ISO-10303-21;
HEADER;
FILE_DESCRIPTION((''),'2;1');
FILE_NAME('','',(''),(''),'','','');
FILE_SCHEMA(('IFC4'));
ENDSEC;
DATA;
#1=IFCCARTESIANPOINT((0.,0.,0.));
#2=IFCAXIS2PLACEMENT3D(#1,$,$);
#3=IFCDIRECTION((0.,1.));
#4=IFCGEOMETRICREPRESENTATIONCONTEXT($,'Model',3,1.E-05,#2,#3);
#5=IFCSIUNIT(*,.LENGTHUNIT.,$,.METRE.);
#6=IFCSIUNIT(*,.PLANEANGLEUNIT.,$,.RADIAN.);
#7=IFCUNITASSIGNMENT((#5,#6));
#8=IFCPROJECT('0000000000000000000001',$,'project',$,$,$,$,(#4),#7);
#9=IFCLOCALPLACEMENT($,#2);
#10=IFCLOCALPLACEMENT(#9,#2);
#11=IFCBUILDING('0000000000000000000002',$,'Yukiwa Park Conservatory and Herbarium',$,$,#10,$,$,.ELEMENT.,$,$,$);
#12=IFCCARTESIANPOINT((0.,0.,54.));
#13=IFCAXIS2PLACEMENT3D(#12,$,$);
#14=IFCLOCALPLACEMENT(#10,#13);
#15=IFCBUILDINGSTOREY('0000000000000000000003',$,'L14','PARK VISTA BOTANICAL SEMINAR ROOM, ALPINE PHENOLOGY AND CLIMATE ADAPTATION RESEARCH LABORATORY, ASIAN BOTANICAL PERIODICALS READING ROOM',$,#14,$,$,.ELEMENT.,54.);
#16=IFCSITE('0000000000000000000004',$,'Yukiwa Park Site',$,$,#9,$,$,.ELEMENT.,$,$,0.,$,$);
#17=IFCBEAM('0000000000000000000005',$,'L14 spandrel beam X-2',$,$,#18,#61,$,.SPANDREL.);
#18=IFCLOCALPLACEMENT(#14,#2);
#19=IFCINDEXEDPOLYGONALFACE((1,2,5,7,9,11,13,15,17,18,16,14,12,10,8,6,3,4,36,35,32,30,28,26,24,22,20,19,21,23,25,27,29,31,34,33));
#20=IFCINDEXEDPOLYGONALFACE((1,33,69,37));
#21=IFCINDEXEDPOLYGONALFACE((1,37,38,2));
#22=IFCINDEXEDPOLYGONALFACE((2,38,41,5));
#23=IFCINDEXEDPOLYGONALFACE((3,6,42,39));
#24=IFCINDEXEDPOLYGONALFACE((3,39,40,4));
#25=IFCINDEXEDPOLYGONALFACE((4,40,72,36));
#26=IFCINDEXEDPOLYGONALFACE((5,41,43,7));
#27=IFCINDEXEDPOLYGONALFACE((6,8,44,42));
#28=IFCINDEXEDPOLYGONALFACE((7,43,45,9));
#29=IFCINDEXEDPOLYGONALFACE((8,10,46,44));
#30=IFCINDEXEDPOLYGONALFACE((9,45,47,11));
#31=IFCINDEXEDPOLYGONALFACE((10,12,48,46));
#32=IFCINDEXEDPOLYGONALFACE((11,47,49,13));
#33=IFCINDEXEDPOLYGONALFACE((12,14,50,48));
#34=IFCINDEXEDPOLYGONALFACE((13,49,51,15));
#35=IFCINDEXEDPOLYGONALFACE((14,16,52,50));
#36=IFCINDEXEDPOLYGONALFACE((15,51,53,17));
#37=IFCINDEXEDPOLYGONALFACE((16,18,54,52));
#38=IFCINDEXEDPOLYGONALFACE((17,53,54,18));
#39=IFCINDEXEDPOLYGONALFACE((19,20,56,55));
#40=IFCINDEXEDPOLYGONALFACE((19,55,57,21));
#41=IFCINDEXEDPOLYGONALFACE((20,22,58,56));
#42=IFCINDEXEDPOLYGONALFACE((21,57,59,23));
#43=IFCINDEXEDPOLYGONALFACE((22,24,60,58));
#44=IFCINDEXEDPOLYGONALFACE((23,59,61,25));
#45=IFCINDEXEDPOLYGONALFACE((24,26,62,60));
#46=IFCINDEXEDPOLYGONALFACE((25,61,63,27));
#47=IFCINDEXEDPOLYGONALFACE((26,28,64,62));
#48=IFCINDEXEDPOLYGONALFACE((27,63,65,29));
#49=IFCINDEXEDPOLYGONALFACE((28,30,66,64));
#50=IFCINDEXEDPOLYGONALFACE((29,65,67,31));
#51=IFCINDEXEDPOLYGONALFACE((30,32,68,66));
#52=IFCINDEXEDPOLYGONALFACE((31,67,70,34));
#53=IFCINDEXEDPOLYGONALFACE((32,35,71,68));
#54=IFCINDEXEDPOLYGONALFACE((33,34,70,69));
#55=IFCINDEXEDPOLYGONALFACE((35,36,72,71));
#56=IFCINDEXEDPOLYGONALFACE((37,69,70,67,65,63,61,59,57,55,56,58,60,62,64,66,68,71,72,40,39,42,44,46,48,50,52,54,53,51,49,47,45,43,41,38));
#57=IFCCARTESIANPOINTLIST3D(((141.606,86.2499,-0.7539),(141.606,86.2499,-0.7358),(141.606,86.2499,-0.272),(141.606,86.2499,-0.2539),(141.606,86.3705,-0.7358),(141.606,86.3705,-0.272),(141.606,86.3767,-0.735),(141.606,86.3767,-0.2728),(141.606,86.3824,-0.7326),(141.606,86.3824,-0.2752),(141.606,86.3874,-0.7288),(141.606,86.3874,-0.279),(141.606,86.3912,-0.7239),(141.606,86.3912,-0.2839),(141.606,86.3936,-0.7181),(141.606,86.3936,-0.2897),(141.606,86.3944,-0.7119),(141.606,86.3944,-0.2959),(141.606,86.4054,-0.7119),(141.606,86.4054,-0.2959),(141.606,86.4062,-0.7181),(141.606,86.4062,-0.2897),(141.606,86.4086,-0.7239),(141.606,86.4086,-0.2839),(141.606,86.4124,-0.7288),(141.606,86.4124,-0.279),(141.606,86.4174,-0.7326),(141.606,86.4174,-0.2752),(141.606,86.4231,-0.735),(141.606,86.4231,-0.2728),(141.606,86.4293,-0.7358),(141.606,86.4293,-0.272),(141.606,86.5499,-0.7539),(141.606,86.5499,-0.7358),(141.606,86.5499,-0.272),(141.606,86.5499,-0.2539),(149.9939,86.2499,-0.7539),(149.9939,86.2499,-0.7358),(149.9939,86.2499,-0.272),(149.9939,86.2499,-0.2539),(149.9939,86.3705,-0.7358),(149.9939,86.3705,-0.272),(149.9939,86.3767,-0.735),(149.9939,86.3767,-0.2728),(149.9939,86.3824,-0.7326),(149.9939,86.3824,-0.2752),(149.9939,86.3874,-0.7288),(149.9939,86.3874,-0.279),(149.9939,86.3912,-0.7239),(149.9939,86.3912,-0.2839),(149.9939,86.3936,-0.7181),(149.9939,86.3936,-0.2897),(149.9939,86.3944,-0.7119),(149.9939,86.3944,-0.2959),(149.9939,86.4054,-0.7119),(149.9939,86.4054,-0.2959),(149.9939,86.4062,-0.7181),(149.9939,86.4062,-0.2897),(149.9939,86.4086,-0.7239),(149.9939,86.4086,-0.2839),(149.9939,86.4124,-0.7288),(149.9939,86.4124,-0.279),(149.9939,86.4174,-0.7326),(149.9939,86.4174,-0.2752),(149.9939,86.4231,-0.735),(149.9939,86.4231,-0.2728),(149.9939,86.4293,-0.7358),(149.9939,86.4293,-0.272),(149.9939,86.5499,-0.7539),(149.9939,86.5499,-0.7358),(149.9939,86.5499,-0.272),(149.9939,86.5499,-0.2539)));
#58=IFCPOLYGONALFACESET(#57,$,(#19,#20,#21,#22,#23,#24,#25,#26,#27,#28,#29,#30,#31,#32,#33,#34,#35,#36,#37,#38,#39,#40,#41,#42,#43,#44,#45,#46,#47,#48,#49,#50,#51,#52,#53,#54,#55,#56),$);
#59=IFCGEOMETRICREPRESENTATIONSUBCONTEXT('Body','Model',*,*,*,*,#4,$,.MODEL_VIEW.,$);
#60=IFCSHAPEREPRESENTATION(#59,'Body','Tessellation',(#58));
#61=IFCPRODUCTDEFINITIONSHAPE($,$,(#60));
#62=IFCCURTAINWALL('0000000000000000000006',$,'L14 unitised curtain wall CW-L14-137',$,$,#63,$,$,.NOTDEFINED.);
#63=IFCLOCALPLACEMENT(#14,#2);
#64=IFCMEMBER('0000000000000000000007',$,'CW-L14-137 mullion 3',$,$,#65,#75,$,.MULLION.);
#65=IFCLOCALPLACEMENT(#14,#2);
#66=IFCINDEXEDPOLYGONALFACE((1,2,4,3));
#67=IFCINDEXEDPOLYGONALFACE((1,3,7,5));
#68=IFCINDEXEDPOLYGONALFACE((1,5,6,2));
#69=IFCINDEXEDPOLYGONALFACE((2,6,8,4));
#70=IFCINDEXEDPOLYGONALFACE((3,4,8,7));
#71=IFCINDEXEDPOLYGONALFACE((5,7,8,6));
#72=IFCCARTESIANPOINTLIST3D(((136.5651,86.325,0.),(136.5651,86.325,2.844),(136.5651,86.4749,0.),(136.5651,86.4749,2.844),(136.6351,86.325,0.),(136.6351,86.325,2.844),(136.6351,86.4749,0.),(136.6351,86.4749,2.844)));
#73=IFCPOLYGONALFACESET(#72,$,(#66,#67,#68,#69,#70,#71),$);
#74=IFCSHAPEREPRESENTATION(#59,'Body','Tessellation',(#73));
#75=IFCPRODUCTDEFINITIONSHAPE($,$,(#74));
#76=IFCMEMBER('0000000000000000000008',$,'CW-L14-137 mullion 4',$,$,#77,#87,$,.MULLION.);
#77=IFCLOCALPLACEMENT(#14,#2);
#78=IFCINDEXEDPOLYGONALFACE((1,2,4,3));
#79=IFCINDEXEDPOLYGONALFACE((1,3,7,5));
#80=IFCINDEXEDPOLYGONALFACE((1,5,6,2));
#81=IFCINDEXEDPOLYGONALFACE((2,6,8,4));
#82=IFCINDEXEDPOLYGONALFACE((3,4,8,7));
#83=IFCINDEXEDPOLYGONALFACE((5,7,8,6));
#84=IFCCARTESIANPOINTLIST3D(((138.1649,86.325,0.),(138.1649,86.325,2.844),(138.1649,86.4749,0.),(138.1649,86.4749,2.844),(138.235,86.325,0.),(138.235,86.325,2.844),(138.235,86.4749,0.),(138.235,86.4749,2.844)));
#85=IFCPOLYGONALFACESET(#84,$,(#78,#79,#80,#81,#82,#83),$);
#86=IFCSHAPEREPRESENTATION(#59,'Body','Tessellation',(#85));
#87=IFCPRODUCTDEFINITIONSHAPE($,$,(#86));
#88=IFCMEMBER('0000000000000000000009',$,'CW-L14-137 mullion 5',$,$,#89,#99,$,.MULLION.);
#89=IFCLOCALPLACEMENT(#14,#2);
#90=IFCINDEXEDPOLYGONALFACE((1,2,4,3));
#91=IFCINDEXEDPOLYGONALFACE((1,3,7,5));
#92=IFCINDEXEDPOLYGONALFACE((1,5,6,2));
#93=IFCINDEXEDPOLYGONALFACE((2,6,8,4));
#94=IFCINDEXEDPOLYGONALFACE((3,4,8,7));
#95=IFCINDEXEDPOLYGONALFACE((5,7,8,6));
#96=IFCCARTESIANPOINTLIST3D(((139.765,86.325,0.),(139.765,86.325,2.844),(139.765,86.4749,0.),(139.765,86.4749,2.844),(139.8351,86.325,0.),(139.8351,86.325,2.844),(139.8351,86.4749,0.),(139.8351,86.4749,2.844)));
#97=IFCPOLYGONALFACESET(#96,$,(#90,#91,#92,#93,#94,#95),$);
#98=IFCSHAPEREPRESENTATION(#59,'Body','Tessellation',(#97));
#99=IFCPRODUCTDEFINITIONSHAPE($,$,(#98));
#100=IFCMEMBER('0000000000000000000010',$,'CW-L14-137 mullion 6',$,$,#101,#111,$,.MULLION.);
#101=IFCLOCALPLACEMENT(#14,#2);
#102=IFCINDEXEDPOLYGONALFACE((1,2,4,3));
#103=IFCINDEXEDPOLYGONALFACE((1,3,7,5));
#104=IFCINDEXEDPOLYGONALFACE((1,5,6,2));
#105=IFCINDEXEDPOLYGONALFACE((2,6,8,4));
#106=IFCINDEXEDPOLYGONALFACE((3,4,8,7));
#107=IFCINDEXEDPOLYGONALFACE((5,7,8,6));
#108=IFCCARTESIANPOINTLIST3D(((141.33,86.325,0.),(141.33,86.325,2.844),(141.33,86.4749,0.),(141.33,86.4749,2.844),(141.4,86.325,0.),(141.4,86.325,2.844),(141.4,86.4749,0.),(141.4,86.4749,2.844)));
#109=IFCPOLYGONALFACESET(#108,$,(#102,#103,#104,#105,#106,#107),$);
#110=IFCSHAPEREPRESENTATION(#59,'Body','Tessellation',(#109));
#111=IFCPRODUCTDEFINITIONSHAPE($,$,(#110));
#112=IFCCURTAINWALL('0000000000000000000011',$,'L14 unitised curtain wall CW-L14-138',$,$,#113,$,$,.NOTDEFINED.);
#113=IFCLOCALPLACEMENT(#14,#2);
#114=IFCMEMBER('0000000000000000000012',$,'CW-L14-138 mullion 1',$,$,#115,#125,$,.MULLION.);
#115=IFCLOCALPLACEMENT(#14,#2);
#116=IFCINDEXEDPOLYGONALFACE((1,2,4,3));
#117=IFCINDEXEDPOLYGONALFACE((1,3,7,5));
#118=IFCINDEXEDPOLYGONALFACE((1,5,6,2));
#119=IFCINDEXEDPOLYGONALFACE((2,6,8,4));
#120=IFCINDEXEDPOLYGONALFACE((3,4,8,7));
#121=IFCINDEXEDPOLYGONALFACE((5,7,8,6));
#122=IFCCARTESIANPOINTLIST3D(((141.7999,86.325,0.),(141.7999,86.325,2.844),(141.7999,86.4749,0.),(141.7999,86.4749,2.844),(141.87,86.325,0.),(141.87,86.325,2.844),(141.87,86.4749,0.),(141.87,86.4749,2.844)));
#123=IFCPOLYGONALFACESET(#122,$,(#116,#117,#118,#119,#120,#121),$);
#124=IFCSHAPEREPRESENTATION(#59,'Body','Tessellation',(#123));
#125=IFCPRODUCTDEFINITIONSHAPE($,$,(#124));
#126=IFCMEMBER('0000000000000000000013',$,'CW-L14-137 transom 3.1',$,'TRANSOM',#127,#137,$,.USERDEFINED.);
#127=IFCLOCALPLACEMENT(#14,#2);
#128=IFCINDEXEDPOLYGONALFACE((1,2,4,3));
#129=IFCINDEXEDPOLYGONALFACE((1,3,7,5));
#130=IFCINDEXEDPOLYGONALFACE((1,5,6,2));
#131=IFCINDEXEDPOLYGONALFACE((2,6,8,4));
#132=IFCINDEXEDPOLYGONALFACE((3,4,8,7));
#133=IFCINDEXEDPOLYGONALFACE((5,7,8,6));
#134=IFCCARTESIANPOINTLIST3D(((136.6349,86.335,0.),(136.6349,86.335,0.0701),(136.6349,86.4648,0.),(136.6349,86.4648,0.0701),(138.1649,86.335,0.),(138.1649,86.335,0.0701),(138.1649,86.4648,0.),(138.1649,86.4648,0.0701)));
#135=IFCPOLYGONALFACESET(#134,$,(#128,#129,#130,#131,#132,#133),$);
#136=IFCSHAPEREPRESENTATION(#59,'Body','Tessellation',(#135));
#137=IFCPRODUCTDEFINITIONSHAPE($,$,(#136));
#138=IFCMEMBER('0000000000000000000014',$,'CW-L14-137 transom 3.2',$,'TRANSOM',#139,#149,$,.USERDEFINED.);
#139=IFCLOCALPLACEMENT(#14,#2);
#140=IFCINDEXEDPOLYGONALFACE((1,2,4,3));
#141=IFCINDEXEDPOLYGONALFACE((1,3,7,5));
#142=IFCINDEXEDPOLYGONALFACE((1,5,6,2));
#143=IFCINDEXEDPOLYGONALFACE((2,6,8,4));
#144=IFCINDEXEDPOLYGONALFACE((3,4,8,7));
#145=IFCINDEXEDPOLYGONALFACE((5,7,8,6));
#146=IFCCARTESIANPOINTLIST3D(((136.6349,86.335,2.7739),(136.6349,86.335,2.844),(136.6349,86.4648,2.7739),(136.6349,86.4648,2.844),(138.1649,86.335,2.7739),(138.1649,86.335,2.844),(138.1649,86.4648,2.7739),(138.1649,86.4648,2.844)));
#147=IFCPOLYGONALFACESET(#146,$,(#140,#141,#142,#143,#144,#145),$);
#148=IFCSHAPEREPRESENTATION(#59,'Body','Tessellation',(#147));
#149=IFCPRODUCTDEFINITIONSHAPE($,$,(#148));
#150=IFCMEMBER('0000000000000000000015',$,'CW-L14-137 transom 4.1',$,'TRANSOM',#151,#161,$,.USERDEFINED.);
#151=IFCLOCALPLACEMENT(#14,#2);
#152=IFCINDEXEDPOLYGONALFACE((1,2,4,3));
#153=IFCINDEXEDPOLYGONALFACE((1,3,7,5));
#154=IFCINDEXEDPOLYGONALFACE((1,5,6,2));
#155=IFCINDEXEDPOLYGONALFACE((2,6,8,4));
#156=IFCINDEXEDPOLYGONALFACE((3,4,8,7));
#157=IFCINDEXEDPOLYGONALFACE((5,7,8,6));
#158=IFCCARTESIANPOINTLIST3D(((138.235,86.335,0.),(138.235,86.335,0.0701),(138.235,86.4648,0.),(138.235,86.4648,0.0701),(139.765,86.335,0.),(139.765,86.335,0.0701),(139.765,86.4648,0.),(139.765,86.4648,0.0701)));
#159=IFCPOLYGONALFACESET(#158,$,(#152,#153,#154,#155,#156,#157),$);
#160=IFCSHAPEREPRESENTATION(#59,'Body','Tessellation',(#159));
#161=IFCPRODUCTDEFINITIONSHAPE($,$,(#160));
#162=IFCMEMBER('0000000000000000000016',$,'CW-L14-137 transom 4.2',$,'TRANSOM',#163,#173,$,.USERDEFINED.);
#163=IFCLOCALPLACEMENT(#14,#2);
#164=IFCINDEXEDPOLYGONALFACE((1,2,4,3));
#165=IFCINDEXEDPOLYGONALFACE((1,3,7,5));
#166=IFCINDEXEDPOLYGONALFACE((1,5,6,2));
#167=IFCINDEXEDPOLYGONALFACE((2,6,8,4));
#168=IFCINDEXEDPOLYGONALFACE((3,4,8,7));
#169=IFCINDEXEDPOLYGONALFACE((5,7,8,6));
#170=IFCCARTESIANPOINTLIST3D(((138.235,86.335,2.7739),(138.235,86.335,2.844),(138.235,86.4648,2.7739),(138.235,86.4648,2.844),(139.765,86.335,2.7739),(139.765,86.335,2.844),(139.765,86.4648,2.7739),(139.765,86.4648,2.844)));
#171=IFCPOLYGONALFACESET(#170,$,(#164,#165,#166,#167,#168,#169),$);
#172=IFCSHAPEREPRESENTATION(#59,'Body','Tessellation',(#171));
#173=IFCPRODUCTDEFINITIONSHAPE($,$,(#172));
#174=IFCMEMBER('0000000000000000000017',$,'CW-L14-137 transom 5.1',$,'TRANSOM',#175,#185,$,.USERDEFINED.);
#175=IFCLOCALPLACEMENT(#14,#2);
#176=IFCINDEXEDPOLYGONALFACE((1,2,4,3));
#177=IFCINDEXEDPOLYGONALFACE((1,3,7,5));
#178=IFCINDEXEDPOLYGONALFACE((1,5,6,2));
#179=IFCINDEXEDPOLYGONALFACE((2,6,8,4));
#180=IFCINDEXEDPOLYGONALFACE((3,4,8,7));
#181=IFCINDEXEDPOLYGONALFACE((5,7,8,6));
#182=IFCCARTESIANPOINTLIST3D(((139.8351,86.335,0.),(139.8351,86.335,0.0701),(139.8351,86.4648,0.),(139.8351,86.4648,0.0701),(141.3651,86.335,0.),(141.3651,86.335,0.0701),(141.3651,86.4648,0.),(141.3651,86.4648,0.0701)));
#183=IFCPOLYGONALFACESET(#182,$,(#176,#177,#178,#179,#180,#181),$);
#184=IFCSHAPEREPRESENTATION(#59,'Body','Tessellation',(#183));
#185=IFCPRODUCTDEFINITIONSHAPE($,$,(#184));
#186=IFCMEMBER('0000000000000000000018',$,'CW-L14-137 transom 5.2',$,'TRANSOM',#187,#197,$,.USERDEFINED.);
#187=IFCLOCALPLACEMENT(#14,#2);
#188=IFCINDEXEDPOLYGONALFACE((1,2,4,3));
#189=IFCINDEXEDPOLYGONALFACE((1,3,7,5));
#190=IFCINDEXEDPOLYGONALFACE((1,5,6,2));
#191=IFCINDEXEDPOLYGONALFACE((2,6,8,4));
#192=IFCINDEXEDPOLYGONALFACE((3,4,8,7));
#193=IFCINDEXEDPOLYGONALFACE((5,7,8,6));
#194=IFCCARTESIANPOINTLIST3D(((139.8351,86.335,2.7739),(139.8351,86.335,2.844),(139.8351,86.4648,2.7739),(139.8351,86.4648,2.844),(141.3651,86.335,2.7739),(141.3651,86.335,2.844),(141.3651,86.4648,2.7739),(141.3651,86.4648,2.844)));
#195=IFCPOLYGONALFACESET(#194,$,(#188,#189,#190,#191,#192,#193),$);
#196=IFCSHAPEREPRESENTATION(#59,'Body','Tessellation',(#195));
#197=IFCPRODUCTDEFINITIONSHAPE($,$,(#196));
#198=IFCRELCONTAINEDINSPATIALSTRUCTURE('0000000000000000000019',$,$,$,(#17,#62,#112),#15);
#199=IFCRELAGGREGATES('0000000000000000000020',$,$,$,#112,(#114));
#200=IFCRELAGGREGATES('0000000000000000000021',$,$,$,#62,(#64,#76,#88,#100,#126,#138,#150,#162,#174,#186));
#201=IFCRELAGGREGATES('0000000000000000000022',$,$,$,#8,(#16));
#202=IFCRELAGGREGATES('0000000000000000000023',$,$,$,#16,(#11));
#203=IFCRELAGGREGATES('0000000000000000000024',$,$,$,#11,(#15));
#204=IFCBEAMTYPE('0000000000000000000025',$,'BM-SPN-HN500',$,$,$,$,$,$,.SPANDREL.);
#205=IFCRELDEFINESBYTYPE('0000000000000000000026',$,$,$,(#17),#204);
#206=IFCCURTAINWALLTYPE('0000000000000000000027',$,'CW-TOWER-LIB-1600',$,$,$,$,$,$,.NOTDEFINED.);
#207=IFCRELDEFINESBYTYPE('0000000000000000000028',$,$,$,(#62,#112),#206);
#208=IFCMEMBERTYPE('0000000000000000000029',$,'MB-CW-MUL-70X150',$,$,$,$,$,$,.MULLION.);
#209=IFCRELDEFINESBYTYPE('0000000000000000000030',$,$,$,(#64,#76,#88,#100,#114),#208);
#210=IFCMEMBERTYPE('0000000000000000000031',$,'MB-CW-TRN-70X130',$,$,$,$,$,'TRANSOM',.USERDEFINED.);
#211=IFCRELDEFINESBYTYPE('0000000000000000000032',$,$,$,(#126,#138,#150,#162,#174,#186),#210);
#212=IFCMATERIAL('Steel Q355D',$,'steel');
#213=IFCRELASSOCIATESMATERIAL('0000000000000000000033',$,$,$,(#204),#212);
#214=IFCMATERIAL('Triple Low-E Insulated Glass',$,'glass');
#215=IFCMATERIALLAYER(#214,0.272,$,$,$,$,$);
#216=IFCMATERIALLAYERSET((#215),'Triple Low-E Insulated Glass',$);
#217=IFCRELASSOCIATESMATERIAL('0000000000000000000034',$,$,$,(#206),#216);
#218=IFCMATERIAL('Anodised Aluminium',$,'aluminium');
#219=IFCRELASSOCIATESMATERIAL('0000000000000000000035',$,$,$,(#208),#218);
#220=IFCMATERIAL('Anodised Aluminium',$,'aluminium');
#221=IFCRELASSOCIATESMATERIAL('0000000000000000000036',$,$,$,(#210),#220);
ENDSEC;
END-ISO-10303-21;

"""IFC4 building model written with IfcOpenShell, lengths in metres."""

from ifc_helpers import new_model, si_unit, direction, frame, origin, origin_2d, place, context, subcontext, project, spatial, rectangle, i_section, extrude, material, layer, layer_set, material_profile, profile_set, type_object, element, aggregate, save


model = new_model("IFC4")

# Units and contexts
model_context = context("Model", 3, precision=1e-05, world=origin(), true_north=direction((0.0, 1.0)))
body_context = subcontext(model_context, "Body", "Model", "MODEL_VIEW")
ifc_project = project(units=[si_unit("LENGTHUNIT", "METRE"), si_unit("PLANEANGLEUNIT", "RADIAN")], contexts=[model_context])

# Site, building, storey
site_placement = place(None, origin())
site = spatial("IfcSite", under=ifc_project, at=site_placement, Name="Yukiwa Park Site", CompositionType="ELEMENT", RefElevation=0.0)
building_placement = place(site_placement, origin())
building = spatial("IfcBuilding", under=site, at=building_placement, Name="Yukiwa Park Conservatory and Herbarium", CompositionType="ELEMENT")
storey_placement = place(building_placement, frame((0.0, 0.0, 54.0)))
storey = spatial("IfcBuildingStorey", under=building, at=storey_placement, Name="L14", Description="PARK VISTA BOTANICAL SEMINAR ROOM, ALPINE PHENOLOGY AND CLIMATE ADAPTATION RESEARCH LABORATORY, ASIAN BOTANICAL PERIODICALS READING ROOM", CompositionType="ELEMENT", Elevation=54.0)

# Beam
ifc_material_1 = material(Name="Steel Q355D", Category="steel")
ifc_material_profile_1 = material_profile(ifc_material_1, i_section(OverallWidth=0.3, OverallDepth=0.5, WebThickness=0.011, FlangeThickness=0.0181, FilletRadius=0.0239, at=origin_2d()), Name="HM 500x300x11x18")
ifc_profile_set_1 = profile_set([ifc_material_profile_1], Name="Steel Q355D")
beam_type_1 = type_object("IfcBeamType", Name="BM-SPN-HN500", PredefinedType="SPANDREL", material=ifc_profile_set_1)
beam_1_placement = place(storey_placement, frame((141.606, 86.3999, -0.5039), z_axis=(1.0, 0.0, 0.0), x_axis=(0.0, 1.0, 0.0)))
element("IfcBeam", 1, at=beam_1_placement, inside=storey, type_object=beam_type_1, Name="L14 spandrel beam X-2", PredefinedType="SPANDREL", context=body_context, shape_type="SweptSolid", body=[
    extrude(i_section(OverallWidth=0.3, OverallDepth=0.5, WebThickness=0.011, FlangeThickness=0.0181, FilletRadius=0.0239, at=origin_2d()), origin(), (0.0, 0.0, 1.0), 8.3879),
])

# Curtain wall, members
ifc_material_2 = material(Name="Triple Low-E Insulated Glass", Category="glass")
ifc_layer_1 = layer(ifc_material_2, 0.272)
ifc_layer_set_1 = layer_set([ifc_layer_1], Name="Triple Low-E Insulated Glass")
curtain_wall_type = type_object("IfcCurtainWallType", Name="CW-TOWER-LIB-1600", PredefinedType="NOTDEFINED", material=ifc_layer_set_1)
curtain_wall_1_placement = place(storey_placement, origin())
curtain_wall_1 = element("IfcCurtainWall", 2, at=curtain_wall_1_placement, inside=storey, type_object=curtain_wall_type, Name="L14 unitised curtain wall CW-L14-137", PredefinedType="NOTDEFINED")
ifc_material_3 = material(Name="Anodised Aluminium", Category="aluminium")
member_type_1 = type_object("IfcMemberType", Name="MB-CW-MUL-70X150", PredefinedType="MULLION", material=ifc_material_3)
member_1_placement = place(storey_placement, frame((136.6001, 86.3999, 0.0), z_axis=(0.0, 0.0, 1.0), x_axis=(1.0, 0.0, 0.0)))
member_1 = element("IfcMember", 3, at=member_1_placement, type_object=member_type_1, Name="CW-L14-137 mullion 3", PredefinedType="MULLION", context=body_context, shape_type="SweptSolid", body=[
    extrude(rectangle(XDim=0.0701, YDim=0.1499, at=origin_2d()), origin(), (0.0, 0.0, 1.0), 2.844),
])
member_2_placement = place(storey_placement, frame((138.2, 86.3999, 0.0), z_axis=(0.0, 0.0, 1.0), x_axis=(1.0, 0.0, 0.0)))
member_2 = element("IfcMember", 4, at=member_2_placement, type_object=member_type_1, Name="CW-L14-137 mullion 4", PredefinedType="MULLION", context=body_context, shape_type="SweptSolid", body=[
    extrude(rectangle(XDim=0.0701, YDim=0.1499, at=origin_2d()), origin(), (0.0, 0.0, 1.0), 2.844),
])
member_3_placement = place(storey_placement, frame((139.8, 86.3999, 0.0), z_axis=(0.0, 0.0, 1.0), x_axis=(1.0, 0.0, 0.0)))
member_3 = element("IfcMember", 5, at=member_3_placement, type_object=member_type_1, Name="CW-L14-137 mullion 5", PredefinedType="MULLION", context=body_context, shape_type="SweptSolid", body=[
    extrude(rectangle(XDim=0.0701, YDim=0.1499, at=origin_2d()), origin(), (0.0, 0.0, 1.0), 2.844),
])
member_4_placement = place(storey_placement, frame((141.365, 86.3999, 0.0), z_axis=(0.0, 0.0, 1.0), x_axis=(1.0, 0.0, 0.0)))
member_4 = element("IfcMember", 6, at=member_4_placement, type_object=member_type_1, Name="CW-L14-137 mullion 6", PredefinedType="MULLION", context=body_context, shape_type="SweptSolid", body=[
    extrude(rectangle(XDim=0.0701, YDim=0.1499, at=origin_2d()), origin(), (0.0, 0.0, 1.0), 2.844),
])

# Curtain wall, member
curtain_wall_2_placement = place(storey_placement, origin())
curtain_wall_2 = element("IfcCurtainWall", 7, at=curtain_wall_2_placement, inside=storey, type_object=curtain_wall_type, Name="L14 unitised curtain wall CW-L14-138", PredefinedType="NOTDEFINED")
member_5_placement = place(storey_placement, frame((141.835, 86.3999, 0.0), z_axis=(0.0, 0.0, 1.0), x_axis=(1.0, 0.0, 0.0)))
member_5 = element("IfcMember", 8, at=member_5_placement, type_object=member_type_1, Name="CW-L14-138 mullion 1", PredefinedType="MULLION", context=body_context, shape_type="SweptSolid", body=[
    extrude(rectangle(XDim=0.0701, YDim=0.1499, at=origin_2d()), origin(), (0.0, 0.0, 1.0), 2.844),
])

# Members
ifc_material_4 = material(Name="Anodised Aluminium", Category="aluminium")
member_type_2 = type_object("IfcMemberType", Name="MB-CW-TRN-70X130", ElementType="TRANSOM", PredefinedType="USERDEFINED", material=ifc_material_4)
member_6_placement = place(storey_placement, frame((137.3999, 86.3999, 0.0), z_axis=(0.0, 0.0, 1.0), x_axis=(1.0, 0.0, 0.0)))
member_6 = element("IfcMember", 9, at=member_6_placement, type_object=member_type_2, Name="CW-L14-137 transom 3.1", ObjectType="TRANSOM", PredefinedType="USERDEFINED", context=body_context, shape_type="SweptSolid", body=[
    extrude(rectangle(XDim=1.53, YDim=0.1299, at=origin_2d()), origin(), (0.0, 0.0, 1.0), 0.0701),
])
member_7_placement = place(storey_placement, frame((137.3999, 86.3999, 2.7739), z_axis=(0.0, 0.0, 1.0), x_axis=(1.0, 0.0, 0.0)))
member_7 = element("IfcMember", 10, at=member_7_placement, type_object=member_type_2, Name="CW-L14-137 transom 3.2", ObjectType="TRANSOM", PredefinedType="USERDEFINED", context=body_context, shape_type="SweptSolid", body=[
    extrude(rectangle(XDim=1.53, YDim=0.1299, at=origin_2d()), origin(), (0.0, 0.0, 1.0), 0.0701),
])
member_8_placement = place(storey_placement, frame((139.0, 86.3999, 0.0), z_axis=(0.0, 0.0, 1.0), x_axis=(1.0, 0.0, 0.0)))
member_8 = element("IfcMember", 11, at=member_8_placement, type_object=member_type_2, Name="CW-L14-137 transom 4.1", ObjectType="TRANSOM", PredefinedType="USERDEFINED", context=body_context, shape_type="SweptSolid", body=[
    extrude(rectangle(XDim=1.53, YDim=0.1299, at=origin_2d()), origin(), (0.0, 0.0, 1.0), 0.0701),
])
member_9_placement = place(storey_placement, frame((139.0, 86.3999, 2.7739), z_axis=(0.0, 0.0, 1.0), x_axis=(1.0, 0.0, 0.0)))
member_9 = element("IfcMember", 12, at=member_9_placement, type_object=member_type_2, Name="CW-L14-137 transom 4.2", ObjectType="TRANSOM", PredefinedType="USERDEFINED", context=body_context, shape_type="SweptSolid", body=[
    extrude(rectangle(XDim=1.53, YDim=0.1299, at=origin_2d()), origin(), (0.0, 0.0, 1.0), 0.0701),
])
member_10_placement = place(storey_placement, frame((140.6001, 86.3999, 0.0), z_axis=(0.0, 0.0, 1.0), x_axis=(1.0, 0.0, 0.0)))
member_10 = element("IfcMember", 13, at=member_10_placement, type_object=member_type_2, Name="CW-L14-137 transom 5.1", ObjectType="TRANSOM", PredefinedType="USERDEFINED", context=body_context, shape_type="SweptSolid", body=[
    extrude(rectangle(XDim=1.53, YDim=0.1299, at=origin_2d()), origin(), (0.0, 0.0, 1.0), 0.0701),
])
member_11_placement = place(storey_placement, frame((140.6001, 86.3999, 2.7739), z_axis=(0.0, 0.0, 1.0), x_axis=(1.0, 0.0, 0.0)))
member_11 = element("IfcMember", 14, at=member_11_placement, type_object=member_type_2, Name="CW-L14-137 transom 5.2", ObjectType="TRANSOM", PredefinedType="USERDEFINED", context=body_context, shape_type="SweptSolid", body=[
    extrude(rectangle(XDim=1.53, YDim=0.1299, at=origin_2d()), origin(), (0.0, 0.0, 1.0), 0.0701),
])
aggregate(curtain_wall_2, [member_5])

aggregate(curtain_wall_1, [member_1, member_2, member_3, member_4, member_6, member_7, member_8, member_9, member_10, member_11])

save(model, "model.ifc")
